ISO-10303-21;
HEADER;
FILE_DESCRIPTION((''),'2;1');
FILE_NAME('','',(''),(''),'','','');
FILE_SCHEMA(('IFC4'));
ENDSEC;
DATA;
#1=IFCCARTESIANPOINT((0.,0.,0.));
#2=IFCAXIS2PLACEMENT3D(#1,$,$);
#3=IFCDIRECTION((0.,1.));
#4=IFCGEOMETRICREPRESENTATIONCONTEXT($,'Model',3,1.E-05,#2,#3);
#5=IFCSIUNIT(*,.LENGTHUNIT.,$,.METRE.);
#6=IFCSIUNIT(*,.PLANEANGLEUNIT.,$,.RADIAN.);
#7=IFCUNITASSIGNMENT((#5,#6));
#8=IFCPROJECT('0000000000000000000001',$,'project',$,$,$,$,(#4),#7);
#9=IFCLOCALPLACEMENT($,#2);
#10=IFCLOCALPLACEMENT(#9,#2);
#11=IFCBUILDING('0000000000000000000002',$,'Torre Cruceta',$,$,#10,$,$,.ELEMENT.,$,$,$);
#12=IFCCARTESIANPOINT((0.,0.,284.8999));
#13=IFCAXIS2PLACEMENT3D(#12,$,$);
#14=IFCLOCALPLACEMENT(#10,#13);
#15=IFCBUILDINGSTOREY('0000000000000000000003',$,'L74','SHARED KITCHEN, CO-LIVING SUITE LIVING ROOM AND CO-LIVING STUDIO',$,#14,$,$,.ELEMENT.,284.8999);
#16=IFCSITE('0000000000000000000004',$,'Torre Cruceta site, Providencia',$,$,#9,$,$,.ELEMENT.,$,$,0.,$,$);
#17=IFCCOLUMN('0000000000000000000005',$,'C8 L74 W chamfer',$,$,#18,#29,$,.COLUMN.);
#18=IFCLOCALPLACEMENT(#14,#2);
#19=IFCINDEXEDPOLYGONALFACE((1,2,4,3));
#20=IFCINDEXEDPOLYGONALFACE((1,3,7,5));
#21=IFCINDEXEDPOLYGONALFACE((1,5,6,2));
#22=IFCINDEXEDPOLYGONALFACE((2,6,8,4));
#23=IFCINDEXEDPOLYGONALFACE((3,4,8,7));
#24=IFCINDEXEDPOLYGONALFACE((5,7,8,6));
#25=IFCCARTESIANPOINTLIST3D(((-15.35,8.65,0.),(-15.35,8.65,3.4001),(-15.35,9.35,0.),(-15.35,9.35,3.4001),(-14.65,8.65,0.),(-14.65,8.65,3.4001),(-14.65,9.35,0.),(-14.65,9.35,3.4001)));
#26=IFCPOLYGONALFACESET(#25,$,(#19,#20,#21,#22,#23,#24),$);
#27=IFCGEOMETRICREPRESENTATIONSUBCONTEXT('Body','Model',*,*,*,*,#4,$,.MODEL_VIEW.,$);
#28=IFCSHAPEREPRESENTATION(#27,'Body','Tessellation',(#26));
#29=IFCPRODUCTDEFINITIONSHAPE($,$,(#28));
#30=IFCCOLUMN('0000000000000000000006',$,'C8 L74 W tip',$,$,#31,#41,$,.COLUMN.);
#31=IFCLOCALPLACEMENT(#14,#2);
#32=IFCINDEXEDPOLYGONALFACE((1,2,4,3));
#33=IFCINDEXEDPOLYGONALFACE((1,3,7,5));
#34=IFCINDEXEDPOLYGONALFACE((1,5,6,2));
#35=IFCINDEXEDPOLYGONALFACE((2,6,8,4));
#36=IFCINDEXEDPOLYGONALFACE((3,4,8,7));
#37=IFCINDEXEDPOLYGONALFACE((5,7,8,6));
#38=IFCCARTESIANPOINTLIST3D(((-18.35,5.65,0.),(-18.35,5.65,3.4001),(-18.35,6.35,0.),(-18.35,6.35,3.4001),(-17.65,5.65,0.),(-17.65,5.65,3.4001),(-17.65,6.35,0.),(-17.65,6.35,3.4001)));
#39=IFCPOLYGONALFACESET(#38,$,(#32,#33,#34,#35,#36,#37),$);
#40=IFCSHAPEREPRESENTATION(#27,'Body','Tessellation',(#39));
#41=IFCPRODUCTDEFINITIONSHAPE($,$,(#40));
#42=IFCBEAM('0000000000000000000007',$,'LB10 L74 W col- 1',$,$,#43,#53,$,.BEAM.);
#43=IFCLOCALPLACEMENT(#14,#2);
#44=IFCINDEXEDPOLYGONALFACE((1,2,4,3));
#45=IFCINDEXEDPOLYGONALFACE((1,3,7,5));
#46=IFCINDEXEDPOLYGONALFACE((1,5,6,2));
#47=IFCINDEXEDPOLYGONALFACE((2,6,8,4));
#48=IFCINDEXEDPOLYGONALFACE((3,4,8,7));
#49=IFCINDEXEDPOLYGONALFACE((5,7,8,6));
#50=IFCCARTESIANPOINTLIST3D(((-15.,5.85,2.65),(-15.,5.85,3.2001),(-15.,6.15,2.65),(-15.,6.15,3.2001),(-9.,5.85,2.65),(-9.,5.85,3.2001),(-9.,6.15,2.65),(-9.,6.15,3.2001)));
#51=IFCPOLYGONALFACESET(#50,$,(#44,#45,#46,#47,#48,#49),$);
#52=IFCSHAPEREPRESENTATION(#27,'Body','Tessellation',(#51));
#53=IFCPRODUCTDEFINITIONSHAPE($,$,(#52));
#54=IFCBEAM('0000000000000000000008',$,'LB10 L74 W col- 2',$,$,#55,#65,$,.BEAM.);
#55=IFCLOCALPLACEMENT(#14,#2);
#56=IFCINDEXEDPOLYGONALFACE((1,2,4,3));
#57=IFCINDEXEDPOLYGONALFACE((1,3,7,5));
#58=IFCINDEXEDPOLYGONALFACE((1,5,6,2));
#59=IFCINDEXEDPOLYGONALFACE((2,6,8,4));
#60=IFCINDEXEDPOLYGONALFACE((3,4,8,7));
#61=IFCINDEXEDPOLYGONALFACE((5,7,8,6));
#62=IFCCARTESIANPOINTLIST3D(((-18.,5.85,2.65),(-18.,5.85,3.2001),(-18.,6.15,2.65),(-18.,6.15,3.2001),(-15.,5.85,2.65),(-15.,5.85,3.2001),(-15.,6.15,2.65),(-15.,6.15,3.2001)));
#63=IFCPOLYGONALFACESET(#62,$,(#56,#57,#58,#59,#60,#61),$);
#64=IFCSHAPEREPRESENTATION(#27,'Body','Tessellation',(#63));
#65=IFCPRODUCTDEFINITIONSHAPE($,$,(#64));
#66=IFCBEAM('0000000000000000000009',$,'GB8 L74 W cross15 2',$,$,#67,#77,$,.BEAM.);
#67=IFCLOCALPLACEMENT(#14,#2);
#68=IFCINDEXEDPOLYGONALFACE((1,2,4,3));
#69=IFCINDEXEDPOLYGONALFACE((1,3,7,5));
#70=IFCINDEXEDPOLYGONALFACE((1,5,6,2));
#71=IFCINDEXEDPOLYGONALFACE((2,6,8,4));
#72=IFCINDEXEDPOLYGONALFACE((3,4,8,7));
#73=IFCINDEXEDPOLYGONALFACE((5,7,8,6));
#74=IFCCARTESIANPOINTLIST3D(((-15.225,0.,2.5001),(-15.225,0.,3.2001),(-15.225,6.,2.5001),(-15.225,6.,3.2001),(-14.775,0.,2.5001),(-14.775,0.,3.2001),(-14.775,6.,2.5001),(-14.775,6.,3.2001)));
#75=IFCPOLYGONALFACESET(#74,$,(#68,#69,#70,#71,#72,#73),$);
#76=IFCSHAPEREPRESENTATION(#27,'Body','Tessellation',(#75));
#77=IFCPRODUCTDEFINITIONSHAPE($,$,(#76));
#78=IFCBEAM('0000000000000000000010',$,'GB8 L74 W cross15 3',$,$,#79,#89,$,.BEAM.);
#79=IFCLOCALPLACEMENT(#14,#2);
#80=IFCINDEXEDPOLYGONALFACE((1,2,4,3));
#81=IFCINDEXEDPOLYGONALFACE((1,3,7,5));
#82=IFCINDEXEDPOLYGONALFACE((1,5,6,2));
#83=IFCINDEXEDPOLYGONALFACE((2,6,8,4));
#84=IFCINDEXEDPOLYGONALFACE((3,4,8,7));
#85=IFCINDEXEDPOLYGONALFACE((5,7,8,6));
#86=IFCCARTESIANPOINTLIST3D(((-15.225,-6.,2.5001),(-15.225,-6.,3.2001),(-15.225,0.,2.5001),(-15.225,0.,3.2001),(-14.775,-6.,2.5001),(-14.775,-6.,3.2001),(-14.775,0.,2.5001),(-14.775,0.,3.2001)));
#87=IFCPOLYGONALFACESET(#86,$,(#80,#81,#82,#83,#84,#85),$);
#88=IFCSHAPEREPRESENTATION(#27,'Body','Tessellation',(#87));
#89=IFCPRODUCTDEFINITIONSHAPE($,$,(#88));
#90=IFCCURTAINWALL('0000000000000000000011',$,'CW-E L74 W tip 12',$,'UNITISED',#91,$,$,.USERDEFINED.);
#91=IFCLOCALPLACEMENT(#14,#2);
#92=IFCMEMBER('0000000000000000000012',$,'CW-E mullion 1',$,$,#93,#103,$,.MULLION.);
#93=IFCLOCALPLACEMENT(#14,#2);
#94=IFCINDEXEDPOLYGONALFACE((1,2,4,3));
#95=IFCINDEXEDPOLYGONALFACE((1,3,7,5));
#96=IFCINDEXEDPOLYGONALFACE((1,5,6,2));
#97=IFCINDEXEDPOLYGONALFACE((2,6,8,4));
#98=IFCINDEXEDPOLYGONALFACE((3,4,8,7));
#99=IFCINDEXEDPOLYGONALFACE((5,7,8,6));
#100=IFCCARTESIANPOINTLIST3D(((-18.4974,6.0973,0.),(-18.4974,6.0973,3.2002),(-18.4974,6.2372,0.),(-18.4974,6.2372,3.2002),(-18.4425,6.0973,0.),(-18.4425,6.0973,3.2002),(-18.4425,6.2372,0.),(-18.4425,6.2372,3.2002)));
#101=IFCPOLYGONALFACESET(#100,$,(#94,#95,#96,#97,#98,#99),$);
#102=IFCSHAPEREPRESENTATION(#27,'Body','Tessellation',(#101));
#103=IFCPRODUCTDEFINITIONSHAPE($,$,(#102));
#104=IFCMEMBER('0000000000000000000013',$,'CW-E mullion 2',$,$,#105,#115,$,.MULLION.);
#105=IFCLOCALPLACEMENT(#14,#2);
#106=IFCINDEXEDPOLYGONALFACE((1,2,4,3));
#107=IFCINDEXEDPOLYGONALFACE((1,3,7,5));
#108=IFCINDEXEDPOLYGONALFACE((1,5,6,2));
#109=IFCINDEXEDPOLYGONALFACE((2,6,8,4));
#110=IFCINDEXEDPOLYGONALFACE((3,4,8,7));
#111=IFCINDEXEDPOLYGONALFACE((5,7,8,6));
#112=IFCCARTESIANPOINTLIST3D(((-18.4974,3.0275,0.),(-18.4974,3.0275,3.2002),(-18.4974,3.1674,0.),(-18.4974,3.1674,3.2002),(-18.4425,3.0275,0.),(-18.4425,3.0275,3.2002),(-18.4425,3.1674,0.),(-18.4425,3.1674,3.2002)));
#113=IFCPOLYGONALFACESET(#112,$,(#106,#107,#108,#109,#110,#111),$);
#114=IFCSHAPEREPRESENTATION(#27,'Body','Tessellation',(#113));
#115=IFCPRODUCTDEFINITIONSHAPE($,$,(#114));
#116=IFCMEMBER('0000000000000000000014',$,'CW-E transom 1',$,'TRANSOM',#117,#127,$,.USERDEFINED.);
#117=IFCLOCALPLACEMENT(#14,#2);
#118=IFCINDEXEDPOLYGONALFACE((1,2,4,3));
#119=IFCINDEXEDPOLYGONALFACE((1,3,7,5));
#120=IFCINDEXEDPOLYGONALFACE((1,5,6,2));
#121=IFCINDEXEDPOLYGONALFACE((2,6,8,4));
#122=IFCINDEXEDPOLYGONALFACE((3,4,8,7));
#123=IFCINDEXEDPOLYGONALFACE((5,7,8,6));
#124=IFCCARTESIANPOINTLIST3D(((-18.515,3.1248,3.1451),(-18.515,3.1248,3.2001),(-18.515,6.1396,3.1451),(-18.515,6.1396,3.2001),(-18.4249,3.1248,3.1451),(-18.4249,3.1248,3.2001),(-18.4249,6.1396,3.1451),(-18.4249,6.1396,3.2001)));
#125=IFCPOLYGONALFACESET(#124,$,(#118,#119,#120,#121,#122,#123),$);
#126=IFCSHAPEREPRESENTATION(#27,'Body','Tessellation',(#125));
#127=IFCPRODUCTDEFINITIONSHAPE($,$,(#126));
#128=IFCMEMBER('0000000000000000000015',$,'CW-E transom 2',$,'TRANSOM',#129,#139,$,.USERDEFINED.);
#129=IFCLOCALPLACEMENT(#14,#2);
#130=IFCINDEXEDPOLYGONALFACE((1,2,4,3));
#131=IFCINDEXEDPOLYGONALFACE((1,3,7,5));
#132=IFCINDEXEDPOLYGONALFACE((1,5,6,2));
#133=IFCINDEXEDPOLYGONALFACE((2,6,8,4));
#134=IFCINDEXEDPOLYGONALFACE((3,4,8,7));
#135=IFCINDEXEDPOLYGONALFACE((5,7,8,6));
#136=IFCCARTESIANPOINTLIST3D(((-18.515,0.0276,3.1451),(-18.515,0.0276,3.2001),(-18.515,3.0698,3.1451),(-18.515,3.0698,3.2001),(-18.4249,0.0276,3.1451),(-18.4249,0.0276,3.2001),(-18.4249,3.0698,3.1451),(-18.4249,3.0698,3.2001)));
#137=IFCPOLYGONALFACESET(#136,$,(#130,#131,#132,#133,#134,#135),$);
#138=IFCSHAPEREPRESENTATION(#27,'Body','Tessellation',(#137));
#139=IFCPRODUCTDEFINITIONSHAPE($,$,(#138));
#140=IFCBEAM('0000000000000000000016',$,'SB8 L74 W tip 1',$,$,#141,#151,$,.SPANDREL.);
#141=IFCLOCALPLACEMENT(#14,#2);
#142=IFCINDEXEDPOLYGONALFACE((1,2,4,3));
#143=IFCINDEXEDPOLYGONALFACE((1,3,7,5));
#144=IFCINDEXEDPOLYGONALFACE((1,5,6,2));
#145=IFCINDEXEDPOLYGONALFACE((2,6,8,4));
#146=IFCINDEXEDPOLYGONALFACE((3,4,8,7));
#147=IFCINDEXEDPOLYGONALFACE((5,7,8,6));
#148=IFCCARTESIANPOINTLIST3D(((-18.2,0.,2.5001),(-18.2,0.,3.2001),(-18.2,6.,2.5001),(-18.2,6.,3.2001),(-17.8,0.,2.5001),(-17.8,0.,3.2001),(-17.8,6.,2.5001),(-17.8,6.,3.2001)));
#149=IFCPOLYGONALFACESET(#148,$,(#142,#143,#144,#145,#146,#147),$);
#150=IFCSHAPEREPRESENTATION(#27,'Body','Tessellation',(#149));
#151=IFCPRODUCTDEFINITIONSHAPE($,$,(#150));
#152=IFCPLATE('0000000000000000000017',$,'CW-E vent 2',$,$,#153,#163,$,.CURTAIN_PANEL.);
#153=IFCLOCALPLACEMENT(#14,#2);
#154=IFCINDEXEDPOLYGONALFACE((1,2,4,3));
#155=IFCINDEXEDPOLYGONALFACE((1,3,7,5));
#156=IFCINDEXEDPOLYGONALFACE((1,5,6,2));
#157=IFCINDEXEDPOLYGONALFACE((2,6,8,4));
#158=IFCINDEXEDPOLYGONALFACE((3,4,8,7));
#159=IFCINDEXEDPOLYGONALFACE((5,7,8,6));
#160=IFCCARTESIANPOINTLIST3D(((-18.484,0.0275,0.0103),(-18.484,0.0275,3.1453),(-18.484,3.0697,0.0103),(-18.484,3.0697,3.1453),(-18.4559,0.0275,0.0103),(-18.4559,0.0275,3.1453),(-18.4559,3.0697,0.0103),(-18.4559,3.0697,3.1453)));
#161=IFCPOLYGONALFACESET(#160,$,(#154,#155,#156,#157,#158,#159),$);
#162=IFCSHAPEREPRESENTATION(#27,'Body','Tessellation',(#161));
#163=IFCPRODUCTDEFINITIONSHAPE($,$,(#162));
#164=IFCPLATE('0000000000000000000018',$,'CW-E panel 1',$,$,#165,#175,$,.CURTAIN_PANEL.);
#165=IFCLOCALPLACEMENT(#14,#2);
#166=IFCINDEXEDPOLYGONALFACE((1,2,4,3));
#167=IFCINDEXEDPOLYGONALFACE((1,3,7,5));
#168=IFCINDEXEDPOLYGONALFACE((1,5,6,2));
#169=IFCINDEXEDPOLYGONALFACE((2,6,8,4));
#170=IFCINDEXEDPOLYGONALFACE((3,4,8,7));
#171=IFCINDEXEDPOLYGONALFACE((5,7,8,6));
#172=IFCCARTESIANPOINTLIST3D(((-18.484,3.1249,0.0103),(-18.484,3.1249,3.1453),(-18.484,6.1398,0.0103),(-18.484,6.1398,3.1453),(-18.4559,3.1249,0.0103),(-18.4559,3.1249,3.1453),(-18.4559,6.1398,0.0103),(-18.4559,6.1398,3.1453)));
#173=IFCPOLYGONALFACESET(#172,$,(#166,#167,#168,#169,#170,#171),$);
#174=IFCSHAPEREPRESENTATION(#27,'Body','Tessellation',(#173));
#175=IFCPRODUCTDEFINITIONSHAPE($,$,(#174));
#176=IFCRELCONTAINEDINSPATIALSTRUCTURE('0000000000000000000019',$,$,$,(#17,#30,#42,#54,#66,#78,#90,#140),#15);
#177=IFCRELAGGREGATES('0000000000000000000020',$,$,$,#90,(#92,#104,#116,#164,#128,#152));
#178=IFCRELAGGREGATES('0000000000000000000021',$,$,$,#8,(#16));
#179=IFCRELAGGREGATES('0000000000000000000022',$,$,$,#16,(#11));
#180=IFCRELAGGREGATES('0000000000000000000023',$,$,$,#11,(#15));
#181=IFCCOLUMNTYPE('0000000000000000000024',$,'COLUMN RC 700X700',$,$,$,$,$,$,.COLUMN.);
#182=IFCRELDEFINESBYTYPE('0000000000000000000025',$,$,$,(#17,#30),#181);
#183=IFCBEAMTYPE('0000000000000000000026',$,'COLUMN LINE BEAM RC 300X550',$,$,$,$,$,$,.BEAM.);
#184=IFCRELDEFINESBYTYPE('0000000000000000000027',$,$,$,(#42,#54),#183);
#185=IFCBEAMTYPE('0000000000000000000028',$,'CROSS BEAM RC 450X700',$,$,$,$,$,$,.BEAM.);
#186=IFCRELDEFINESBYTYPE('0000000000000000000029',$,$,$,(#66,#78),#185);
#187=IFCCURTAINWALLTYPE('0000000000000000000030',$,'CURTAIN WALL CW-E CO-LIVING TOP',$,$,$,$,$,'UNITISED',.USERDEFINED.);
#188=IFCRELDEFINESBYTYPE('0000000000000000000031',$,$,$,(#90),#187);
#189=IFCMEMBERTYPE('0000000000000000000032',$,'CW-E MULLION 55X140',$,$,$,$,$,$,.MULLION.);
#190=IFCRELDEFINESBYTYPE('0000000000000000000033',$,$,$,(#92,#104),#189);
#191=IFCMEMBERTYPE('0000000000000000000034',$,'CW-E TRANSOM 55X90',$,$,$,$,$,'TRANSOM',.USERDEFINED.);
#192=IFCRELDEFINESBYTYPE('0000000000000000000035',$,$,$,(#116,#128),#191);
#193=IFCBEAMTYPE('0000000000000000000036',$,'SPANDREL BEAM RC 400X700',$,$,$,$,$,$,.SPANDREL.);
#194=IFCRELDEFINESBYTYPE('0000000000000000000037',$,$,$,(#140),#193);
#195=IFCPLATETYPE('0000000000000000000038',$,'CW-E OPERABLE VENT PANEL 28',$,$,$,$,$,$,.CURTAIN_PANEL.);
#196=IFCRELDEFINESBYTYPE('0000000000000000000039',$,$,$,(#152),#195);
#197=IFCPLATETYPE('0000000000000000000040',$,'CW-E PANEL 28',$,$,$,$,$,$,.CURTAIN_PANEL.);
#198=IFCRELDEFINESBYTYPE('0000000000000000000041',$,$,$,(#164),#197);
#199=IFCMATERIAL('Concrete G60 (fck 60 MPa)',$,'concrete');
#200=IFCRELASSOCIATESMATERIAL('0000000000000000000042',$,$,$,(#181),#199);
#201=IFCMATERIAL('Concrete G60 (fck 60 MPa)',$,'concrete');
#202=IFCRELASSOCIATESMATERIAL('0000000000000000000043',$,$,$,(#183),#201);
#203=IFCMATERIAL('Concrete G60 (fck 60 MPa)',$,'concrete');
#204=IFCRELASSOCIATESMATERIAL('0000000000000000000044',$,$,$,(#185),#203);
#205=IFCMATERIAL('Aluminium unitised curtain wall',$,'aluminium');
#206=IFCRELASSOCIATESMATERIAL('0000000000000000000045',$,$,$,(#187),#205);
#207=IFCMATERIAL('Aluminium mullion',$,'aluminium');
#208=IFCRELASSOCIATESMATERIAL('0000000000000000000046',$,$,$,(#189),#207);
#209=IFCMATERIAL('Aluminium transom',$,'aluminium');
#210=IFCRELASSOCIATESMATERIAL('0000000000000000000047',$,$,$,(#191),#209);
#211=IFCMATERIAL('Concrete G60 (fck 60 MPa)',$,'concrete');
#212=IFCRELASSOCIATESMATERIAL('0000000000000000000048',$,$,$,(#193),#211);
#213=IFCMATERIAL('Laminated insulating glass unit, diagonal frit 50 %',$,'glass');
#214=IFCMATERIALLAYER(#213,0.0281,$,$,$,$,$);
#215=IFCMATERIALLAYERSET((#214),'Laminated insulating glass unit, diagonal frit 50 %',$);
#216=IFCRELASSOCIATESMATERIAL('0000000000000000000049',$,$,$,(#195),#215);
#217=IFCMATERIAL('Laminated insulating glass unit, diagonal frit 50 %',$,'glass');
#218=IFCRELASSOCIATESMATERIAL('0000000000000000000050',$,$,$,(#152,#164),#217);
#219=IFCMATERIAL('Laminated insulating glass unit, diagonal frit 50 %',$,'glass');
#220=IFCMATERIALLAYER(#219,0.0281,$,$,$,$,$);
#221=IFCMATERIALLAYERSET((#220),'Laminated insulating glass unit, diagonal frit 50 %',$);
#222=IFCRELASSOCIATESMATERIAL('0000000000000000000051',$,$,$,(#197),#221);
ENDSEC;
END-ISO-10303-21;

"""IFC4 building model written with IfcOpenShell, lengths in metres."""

from ifc_helpers import new_model, si_unit, direction, frame, origin, origin_2d, place, context, subcontext, project, spatial, rectangle, extrude, material, layer, layer_set, material_profile, profile_set, type_object, element, aggregate, save


model = new_model("IFC4")

# Units and contexts
model_context = context("Model", 3, precision=1e-05, world=origin(), true_north=direction((0.0, 1.0)))
body_context = subcontext(model_context, "Body", "Model", "MODEL_VIEW")
ifc_project = project(units=[si_unit("LENGTHUNIT", "METRE"), si_unit("PLANEANGLEUNIT", "RADIAN")], contexts=[model_context])

# Site, building, storey
site_placement = place(None, origin())
site = spatial("IfcSite", under=ifc_project, at=site_placement, Name="Torre Cruceta site, Providencia", CompositionType="ELEMENT", RefElevation=0.0)
building_placement = place(site_placement, origin())
building = spatial("IfcBuilding", under=site, at=building_placement, Name="Torre Cruceta", CompositionType="ELEMENT")
storey_placement = place(building_placement, frame((0.0, 0.0, 284.8999)))
storey = spatial("IfcBuildingStorey", under=building, at=storey_placement, Name="L74", Description="SHARED KITCHEN, CO-LIVING SUITE LIVING ROOM AND CO-LIVING STUDIO", CompositionType="ELEMENT", Elevation=284.8999)

# Columns
ifc_material_1 = material(Name="Concrete G60 (fck 60 MPa)", Category="concrete")
ifc_material_profile_1 = material_profile(ifc_material_1, rectangle(XDim=0.7, YDim=0.7, at=origin_2d()), Name="RC 700X700")
ifc_profile_set_1 = profile_set([ifc_material_profile_1], Name="Concrete G60 (fck 60 MPa)")
column_type = type_object("IfcColumnType", Name="COLUMN RC 700X700", PredefinedType="COLUMN", material=ifc_profile_set_1)
for number, where, z_axis, x_axis, name in (
    (1, (-15.0, 9.0, 0.0), (0.0, 0.0, 1.0), (1.0, 0.0, 0.0), "C8 L74 W chamfer"),
    (2, (-18.0, 6.0, 0.0), (0.0, 0.0, 1.0), (1.0, 0.0, 0.0), "C8 L74 W tip"),
):
    element("IfcColumn", number, at=place(storey_placement, frame(where, z_axis=z_axis, x_axis=x_axis)), inside=storey, type_object=column_type, Name=name, PredefinedType="COLUMN", context=body_context, shape_type="SweptSolid", body=[
        extrude(rectangle(XDim=0.7, YDim=0.7, at=origin_2d()), origin(), (0.0, 0.0, 1.0), 3.4001),
    ])

# Beams
ifc_material_2 = material(Name="Concrete G60 (fck 60 MPa)", Category="concrete")
ifc_material_profile_2 = material_profile(ifc_material_2, rectangle(XDim=0.3, YDim=0.55, at=origin_2d()), Name="RC 300X550")
ifc_profile_set_2 = profile_set([ifc_material_profile_2], Name="Concrete G60 (fck 60 MPa)")
beam_type_1 = type_object("IfcBeamType", Name="COLUMN LINE BEAM RC 300X550", PredefinedType="BEAM", material=ifc_profile_set_2)
beam_1_placement = place(storey_placement, frame((-9.0, 6.0, 2.925), z_axis=(-1.0, 0.0, 0.0), x_axis=(0.0, -1.0, 0.0)))
element("IfcBeam", 3, at=beam_1_placement, inside=storey, type_object=beam_type_1, Name="LB10 L74 W col- 1", PredefinedType="BEAM", context=body_context, shape_type="SweptSolid", body=[
    extrude(rectangle(XDim=0.3, YDim=0.55, at=origin_2d()), origin(), (0.0, 0.0, 1.0), 6.0),
])
beam_2_placement = place(storey_placement, frame((-15.0, 6.0, 2.925), z_axis=(-1.0, 0.0, 0.0), x_axis=(0.0, -1.0, 0.0)))
element("IfcBeam", 4, at=beam_2_placement, inside=storey, type_object=beam_type_1, Name="LB10 L74 W col- 2", PredefinedType="BEAM", context=body_context, shape_type="SweptSolid", body=[
    extrude(rectangle(XDim=0.3, YDim=0.55, at=origin_2d()), origin(), (0.0, 0.0, 1.0), 3.0),
])
ifc_material_3 = material(Name="Concrete G60 (fck 60 MPa)", Category="concrete")
ifc_material_profile_3 = material_profile(ifc_material_3, rectangle(XDim=0.45, YDim=0.7, at=origin_2d()), Name="RC 450X700")
ifc_profile_set_3 = profile_set([ifc_material_profile_3], Name="Concrete G60 (fck 60 MPa)")
beam_type_2 = type_object("IfcBeamType", Name="CROSS BEAM RC 450X700", PredefinedType="BEAM", material=ifc_profile_set_3)
for number, where, z_axis, x_axis, name in (
    (5, (-15.0, 6.0, 2.8501), (0.0, -1.0, 0.0), (1.0, 0.0, 0.0), "GB8 L74 W cross15 2"),
    (6, (-15.0, 0.0, 2.8501), (0.0, -1.0, 0.0), (1.0, 0.0, 0.0), "GB8 L74 W cross15 3"),
):
    element("IfcBeam", number, at=place(storey_placement, frame(where, z_axis=z_axis, x_axis=x_axis)), inside=storey, type_object=beam_type_2, Name=name, PredefinedType="BEAM", context=body_context, shape_type="SweptSolid", body=[
        extrude(rectangle(XDim=0.45, YDim=0.7, at=origin_2d()), origin(), (0.0, 0.0, 1.0), 6.0),
    ])

# Curtain wall, members
ifc_material_4 = material(Name="Aluminium unitised curtain wall", Category="aluminium")
curtain_wall_type = type_object("IfcCurtainWallType", Name="CURTAIN WALL CW-E CO-LIVING TOP", ElementType="UNITISED", PredefinedType="USERDEFINED", material=ifc_material_4)
curtain_wall_placement = place(storey_placement, origin())
curtain_wall = element("IfcCurtainWall", 7, at=curtain_wall_placement, inside=storey, type_object=curtain_wall_type, Name="CW-E L74 W tip 12", ObjectType="UNITISED", PredefinedType="USERDEFINED")
ifc_material_5 = material(Name="Aluminium mullion", Category="aluminium")
ifc_material_profile_4 = material_profile(ifc_material_5, rectangle(XDim=0.0549, YDim=0.1399, at=origin_2d()), Name="AL 55X140")
ifc_profile_set_4 = profile_set([ifc_material_profile_4], Name="Aluminium mullion")
member_type_1 = type_object("IfcMemberType", Name="CW-E MULLION 55X140", PredefinedType="MULLION", material=ifc_profile_set_4)
member_1_placement = place(storey_placement, frame((-18.47, 6.1672, 0.0), z_axis=(0.0, 0.0, 1.0), x_axis=(1.0, 0.0, 0.0)))
member_1 = element("IfcMember", 8, at=member_1_placement, type_object=member_type_1, Name="CW-E mullion 1", PredefinedType="MULLION", context=body_context, shape_type="SweptSolid", body=[
    extrude(rectangle(XDim=0.0549, YDim=0.1399, at=origin_2d()), origin(), (0.0, 0.0, 1.0), 3.2002),
])
member_2_placement = place(storey_placement, frame((-18.47, 3.0974, 0.0), z_axis=(0.0, 0.0, 1.0), x_axis=(1.0, 0.0, 0.0)))
member_2 = element("IfcMember", 9, at=member_2_placement, type_object=member_type_1, Name="CW-E mullion 2", PredefinedType="MULLION", context=body_context, shape_type="SweptSolid", body=[
    extrude(rectangle(XDim=0.0549, YDim=0.1399, at=origin_2d()), origin(), (0.0, 0.0, 1.0), 3.2002),
])
ifc_material_6 = material(Name="Aluminium transom", Category="aluminium")
ifc_material_profile_5 = material_profile(ifc_material_6, rectangle(XDim=0.0901, YDim=0.0549, at=origin_2d()), Name="AL 90X55")
ifc_profile_set_5 = profile_set([ifc_material_profile_5], Name="Aluminium transom")
member_type_2 = type_object("IfcMemberType", Name="CW-E TRANSOM 55X90", ElementType="TRANSOM", PredefinedType="USERDEFINED", material=ifc_profile_set_5)
member_3_placement = place(storey_placement, frame((-18.47, 6.1396, 3.1726), z_axis=(0.0, -1.0, 0.0), x_axis=(1.0, 0.0, 0.0)))
member_3 = element("IfcMember", 10, at=member_3_placement, type_object=member_type_2, Name="CW-E transom 1", ObjectType="TRANSOM", PredefinedType="USERDEFINED", context=body_context, shape_type="SweptSolid", body=[
    extrude(rectangle(XDim=0.0901, YDim=0.0549, at=origin_2d()), origin(), (0.0, 0.0, 1.0), 3.0149),
])
member_4_placement = place(storey_placement, frame((-18.47, 3.0698, 3.1726), z_axis=(0.0, -1.0, 0.0), x_axis=(1.0, 0.0, 0.0)))
member_4 = element("IfcMember", 11, at=member_4_placement, type_object=member_type_2, Name="CW-E transom 2", ObjectType="TRANSOM", PredefinedType="USERDEFINED", context=body_context, shape_type="SweptSolid", body=[
    extrude(rectangle(XDim=0.0901, YDim=0.0549, at=origin_2d()), origin(), (0.0, 0.0, 1.0), 3.0422),
])

# Beam
ifc_material_7 = material(Name="Concrete G60 (fck 60 MPa)", Category="concrete")
ifc_material_profile_6 = material_profile(ifc_material_7, rectangle(XDim=0.3999, YDim=0.7, at=origin_2d()), Name="RC 400X700")
ifc_profile_set_6 = profile_set([ifc_material_profile_6], Name="Concrete G60 (fck 60 MPa)")
beam_type_3 = type_object("IfcBeamType", Name="SPANDREL BEAM RC 400X700", PredefinedType="SPANDREL", material=ifc_profile_set_6)
beam_3_placement = place(storey_placement, frame((-18.0, 6.0, 2.8501), z_axis=(0.0, -1.0, 0.0), x_axis=(1.0, 0.0, 0.0)))
element("IfcBeam", 12, at=beam_3_placement, inside=storey, type_object=beam_type_3, Name="SB8 L74 W tip 1", PredefinedType="SPANDREL", context=body_context, shape_type="SweptSolid", body=[
    extrude(rectangle(XDim=0.3999, YDim=0.7, at=origin_2d()), origin(), (0.0, 0.0, 1.0), 6.0),
])

# Plates
ifc_material_8 = material(Name="Laminated insulating glass unit, diagonal frit 50 %", Category="glass")
ifc_material_9 = material(Name="Laminated insulating glass unit, diagonal frit 50 %", Category="glass")
ifc_layer_1 = layer(ifc_material_9, 0.0281)
ifc_layer_set_1 = layer_set([ifc_layer_1], Name="Laminated insulating glass unit, diagonal frit 50 %")
plate_type_1 = type_object("IfcPlateType", Name="CW-E OPERABLE VENT PANEL 28", PredefinedType="CURTAIN_PANEL", material=ifc_layer_set_1)
plate_1_placement = place(storey_placement, frame((-18.47, 1.5486, 0.0103), z_axis=(0.0, 0.0, 1.0), x_axis=(0.0, -1.0, 0.0)))
plate_1 = element("IfcPlate", 13, at=plate_1_placement, type_object=plate_type_1, material=ifc_material_8, Name="CW-E vent 2", PredefinedType="CURTAIN_PANEL", context=body_context, shape_type="SweptSolid", body=[
    extrude(rectangle(XDim=3.0422, YDim=0.0281, at=origin_2d()), origin(), (0.0, 0.0, 1.0), 3.135),
])
ifc_material_10 = material(Name="Laminated insulating glass unit, diagonal frit 50 %", Category="glass")
ifc_layer_2 = layer(ifc_material_10, 0.0281)
ifc_layer_set_2 = layer_set([ifc_layer_2], Name="Laminated insulating glass unit, diagonal frit 50 %")
plate_type_2 = type_object("IfcPlateType", Name="CW-E PANEL 28", PredefinedType="CURTAIN_PANEL", material=ifc_layer_set_2)
plate_2_placement = place(storey_placement, frame((-18.47, 4.6323, 0.0103), z_axis=(0.0, 0.0, 1.0), x_axis=(0.0, -1.0, 0.0)))
plate_2 = element("IfcPlate", 14, at=plate_2_placement, type_object=plate_type_2, material=ifc_material_8, Name="CW-E panel 1", PredefinedType="CURTAIN_PANEL", context=body_context, shape_type="SweptSolid", body=[
    extrude(rectangle(XDim=3.0149, YDim=0.0281, at=origin_2d()), origin(), (0.0, 0.0, 1.0), 3.135),
])
aggregate(curtain_wall, [member_1, member_2, member_3, plate_2, member_4, plate_1])

save(model, "model.ifc")
